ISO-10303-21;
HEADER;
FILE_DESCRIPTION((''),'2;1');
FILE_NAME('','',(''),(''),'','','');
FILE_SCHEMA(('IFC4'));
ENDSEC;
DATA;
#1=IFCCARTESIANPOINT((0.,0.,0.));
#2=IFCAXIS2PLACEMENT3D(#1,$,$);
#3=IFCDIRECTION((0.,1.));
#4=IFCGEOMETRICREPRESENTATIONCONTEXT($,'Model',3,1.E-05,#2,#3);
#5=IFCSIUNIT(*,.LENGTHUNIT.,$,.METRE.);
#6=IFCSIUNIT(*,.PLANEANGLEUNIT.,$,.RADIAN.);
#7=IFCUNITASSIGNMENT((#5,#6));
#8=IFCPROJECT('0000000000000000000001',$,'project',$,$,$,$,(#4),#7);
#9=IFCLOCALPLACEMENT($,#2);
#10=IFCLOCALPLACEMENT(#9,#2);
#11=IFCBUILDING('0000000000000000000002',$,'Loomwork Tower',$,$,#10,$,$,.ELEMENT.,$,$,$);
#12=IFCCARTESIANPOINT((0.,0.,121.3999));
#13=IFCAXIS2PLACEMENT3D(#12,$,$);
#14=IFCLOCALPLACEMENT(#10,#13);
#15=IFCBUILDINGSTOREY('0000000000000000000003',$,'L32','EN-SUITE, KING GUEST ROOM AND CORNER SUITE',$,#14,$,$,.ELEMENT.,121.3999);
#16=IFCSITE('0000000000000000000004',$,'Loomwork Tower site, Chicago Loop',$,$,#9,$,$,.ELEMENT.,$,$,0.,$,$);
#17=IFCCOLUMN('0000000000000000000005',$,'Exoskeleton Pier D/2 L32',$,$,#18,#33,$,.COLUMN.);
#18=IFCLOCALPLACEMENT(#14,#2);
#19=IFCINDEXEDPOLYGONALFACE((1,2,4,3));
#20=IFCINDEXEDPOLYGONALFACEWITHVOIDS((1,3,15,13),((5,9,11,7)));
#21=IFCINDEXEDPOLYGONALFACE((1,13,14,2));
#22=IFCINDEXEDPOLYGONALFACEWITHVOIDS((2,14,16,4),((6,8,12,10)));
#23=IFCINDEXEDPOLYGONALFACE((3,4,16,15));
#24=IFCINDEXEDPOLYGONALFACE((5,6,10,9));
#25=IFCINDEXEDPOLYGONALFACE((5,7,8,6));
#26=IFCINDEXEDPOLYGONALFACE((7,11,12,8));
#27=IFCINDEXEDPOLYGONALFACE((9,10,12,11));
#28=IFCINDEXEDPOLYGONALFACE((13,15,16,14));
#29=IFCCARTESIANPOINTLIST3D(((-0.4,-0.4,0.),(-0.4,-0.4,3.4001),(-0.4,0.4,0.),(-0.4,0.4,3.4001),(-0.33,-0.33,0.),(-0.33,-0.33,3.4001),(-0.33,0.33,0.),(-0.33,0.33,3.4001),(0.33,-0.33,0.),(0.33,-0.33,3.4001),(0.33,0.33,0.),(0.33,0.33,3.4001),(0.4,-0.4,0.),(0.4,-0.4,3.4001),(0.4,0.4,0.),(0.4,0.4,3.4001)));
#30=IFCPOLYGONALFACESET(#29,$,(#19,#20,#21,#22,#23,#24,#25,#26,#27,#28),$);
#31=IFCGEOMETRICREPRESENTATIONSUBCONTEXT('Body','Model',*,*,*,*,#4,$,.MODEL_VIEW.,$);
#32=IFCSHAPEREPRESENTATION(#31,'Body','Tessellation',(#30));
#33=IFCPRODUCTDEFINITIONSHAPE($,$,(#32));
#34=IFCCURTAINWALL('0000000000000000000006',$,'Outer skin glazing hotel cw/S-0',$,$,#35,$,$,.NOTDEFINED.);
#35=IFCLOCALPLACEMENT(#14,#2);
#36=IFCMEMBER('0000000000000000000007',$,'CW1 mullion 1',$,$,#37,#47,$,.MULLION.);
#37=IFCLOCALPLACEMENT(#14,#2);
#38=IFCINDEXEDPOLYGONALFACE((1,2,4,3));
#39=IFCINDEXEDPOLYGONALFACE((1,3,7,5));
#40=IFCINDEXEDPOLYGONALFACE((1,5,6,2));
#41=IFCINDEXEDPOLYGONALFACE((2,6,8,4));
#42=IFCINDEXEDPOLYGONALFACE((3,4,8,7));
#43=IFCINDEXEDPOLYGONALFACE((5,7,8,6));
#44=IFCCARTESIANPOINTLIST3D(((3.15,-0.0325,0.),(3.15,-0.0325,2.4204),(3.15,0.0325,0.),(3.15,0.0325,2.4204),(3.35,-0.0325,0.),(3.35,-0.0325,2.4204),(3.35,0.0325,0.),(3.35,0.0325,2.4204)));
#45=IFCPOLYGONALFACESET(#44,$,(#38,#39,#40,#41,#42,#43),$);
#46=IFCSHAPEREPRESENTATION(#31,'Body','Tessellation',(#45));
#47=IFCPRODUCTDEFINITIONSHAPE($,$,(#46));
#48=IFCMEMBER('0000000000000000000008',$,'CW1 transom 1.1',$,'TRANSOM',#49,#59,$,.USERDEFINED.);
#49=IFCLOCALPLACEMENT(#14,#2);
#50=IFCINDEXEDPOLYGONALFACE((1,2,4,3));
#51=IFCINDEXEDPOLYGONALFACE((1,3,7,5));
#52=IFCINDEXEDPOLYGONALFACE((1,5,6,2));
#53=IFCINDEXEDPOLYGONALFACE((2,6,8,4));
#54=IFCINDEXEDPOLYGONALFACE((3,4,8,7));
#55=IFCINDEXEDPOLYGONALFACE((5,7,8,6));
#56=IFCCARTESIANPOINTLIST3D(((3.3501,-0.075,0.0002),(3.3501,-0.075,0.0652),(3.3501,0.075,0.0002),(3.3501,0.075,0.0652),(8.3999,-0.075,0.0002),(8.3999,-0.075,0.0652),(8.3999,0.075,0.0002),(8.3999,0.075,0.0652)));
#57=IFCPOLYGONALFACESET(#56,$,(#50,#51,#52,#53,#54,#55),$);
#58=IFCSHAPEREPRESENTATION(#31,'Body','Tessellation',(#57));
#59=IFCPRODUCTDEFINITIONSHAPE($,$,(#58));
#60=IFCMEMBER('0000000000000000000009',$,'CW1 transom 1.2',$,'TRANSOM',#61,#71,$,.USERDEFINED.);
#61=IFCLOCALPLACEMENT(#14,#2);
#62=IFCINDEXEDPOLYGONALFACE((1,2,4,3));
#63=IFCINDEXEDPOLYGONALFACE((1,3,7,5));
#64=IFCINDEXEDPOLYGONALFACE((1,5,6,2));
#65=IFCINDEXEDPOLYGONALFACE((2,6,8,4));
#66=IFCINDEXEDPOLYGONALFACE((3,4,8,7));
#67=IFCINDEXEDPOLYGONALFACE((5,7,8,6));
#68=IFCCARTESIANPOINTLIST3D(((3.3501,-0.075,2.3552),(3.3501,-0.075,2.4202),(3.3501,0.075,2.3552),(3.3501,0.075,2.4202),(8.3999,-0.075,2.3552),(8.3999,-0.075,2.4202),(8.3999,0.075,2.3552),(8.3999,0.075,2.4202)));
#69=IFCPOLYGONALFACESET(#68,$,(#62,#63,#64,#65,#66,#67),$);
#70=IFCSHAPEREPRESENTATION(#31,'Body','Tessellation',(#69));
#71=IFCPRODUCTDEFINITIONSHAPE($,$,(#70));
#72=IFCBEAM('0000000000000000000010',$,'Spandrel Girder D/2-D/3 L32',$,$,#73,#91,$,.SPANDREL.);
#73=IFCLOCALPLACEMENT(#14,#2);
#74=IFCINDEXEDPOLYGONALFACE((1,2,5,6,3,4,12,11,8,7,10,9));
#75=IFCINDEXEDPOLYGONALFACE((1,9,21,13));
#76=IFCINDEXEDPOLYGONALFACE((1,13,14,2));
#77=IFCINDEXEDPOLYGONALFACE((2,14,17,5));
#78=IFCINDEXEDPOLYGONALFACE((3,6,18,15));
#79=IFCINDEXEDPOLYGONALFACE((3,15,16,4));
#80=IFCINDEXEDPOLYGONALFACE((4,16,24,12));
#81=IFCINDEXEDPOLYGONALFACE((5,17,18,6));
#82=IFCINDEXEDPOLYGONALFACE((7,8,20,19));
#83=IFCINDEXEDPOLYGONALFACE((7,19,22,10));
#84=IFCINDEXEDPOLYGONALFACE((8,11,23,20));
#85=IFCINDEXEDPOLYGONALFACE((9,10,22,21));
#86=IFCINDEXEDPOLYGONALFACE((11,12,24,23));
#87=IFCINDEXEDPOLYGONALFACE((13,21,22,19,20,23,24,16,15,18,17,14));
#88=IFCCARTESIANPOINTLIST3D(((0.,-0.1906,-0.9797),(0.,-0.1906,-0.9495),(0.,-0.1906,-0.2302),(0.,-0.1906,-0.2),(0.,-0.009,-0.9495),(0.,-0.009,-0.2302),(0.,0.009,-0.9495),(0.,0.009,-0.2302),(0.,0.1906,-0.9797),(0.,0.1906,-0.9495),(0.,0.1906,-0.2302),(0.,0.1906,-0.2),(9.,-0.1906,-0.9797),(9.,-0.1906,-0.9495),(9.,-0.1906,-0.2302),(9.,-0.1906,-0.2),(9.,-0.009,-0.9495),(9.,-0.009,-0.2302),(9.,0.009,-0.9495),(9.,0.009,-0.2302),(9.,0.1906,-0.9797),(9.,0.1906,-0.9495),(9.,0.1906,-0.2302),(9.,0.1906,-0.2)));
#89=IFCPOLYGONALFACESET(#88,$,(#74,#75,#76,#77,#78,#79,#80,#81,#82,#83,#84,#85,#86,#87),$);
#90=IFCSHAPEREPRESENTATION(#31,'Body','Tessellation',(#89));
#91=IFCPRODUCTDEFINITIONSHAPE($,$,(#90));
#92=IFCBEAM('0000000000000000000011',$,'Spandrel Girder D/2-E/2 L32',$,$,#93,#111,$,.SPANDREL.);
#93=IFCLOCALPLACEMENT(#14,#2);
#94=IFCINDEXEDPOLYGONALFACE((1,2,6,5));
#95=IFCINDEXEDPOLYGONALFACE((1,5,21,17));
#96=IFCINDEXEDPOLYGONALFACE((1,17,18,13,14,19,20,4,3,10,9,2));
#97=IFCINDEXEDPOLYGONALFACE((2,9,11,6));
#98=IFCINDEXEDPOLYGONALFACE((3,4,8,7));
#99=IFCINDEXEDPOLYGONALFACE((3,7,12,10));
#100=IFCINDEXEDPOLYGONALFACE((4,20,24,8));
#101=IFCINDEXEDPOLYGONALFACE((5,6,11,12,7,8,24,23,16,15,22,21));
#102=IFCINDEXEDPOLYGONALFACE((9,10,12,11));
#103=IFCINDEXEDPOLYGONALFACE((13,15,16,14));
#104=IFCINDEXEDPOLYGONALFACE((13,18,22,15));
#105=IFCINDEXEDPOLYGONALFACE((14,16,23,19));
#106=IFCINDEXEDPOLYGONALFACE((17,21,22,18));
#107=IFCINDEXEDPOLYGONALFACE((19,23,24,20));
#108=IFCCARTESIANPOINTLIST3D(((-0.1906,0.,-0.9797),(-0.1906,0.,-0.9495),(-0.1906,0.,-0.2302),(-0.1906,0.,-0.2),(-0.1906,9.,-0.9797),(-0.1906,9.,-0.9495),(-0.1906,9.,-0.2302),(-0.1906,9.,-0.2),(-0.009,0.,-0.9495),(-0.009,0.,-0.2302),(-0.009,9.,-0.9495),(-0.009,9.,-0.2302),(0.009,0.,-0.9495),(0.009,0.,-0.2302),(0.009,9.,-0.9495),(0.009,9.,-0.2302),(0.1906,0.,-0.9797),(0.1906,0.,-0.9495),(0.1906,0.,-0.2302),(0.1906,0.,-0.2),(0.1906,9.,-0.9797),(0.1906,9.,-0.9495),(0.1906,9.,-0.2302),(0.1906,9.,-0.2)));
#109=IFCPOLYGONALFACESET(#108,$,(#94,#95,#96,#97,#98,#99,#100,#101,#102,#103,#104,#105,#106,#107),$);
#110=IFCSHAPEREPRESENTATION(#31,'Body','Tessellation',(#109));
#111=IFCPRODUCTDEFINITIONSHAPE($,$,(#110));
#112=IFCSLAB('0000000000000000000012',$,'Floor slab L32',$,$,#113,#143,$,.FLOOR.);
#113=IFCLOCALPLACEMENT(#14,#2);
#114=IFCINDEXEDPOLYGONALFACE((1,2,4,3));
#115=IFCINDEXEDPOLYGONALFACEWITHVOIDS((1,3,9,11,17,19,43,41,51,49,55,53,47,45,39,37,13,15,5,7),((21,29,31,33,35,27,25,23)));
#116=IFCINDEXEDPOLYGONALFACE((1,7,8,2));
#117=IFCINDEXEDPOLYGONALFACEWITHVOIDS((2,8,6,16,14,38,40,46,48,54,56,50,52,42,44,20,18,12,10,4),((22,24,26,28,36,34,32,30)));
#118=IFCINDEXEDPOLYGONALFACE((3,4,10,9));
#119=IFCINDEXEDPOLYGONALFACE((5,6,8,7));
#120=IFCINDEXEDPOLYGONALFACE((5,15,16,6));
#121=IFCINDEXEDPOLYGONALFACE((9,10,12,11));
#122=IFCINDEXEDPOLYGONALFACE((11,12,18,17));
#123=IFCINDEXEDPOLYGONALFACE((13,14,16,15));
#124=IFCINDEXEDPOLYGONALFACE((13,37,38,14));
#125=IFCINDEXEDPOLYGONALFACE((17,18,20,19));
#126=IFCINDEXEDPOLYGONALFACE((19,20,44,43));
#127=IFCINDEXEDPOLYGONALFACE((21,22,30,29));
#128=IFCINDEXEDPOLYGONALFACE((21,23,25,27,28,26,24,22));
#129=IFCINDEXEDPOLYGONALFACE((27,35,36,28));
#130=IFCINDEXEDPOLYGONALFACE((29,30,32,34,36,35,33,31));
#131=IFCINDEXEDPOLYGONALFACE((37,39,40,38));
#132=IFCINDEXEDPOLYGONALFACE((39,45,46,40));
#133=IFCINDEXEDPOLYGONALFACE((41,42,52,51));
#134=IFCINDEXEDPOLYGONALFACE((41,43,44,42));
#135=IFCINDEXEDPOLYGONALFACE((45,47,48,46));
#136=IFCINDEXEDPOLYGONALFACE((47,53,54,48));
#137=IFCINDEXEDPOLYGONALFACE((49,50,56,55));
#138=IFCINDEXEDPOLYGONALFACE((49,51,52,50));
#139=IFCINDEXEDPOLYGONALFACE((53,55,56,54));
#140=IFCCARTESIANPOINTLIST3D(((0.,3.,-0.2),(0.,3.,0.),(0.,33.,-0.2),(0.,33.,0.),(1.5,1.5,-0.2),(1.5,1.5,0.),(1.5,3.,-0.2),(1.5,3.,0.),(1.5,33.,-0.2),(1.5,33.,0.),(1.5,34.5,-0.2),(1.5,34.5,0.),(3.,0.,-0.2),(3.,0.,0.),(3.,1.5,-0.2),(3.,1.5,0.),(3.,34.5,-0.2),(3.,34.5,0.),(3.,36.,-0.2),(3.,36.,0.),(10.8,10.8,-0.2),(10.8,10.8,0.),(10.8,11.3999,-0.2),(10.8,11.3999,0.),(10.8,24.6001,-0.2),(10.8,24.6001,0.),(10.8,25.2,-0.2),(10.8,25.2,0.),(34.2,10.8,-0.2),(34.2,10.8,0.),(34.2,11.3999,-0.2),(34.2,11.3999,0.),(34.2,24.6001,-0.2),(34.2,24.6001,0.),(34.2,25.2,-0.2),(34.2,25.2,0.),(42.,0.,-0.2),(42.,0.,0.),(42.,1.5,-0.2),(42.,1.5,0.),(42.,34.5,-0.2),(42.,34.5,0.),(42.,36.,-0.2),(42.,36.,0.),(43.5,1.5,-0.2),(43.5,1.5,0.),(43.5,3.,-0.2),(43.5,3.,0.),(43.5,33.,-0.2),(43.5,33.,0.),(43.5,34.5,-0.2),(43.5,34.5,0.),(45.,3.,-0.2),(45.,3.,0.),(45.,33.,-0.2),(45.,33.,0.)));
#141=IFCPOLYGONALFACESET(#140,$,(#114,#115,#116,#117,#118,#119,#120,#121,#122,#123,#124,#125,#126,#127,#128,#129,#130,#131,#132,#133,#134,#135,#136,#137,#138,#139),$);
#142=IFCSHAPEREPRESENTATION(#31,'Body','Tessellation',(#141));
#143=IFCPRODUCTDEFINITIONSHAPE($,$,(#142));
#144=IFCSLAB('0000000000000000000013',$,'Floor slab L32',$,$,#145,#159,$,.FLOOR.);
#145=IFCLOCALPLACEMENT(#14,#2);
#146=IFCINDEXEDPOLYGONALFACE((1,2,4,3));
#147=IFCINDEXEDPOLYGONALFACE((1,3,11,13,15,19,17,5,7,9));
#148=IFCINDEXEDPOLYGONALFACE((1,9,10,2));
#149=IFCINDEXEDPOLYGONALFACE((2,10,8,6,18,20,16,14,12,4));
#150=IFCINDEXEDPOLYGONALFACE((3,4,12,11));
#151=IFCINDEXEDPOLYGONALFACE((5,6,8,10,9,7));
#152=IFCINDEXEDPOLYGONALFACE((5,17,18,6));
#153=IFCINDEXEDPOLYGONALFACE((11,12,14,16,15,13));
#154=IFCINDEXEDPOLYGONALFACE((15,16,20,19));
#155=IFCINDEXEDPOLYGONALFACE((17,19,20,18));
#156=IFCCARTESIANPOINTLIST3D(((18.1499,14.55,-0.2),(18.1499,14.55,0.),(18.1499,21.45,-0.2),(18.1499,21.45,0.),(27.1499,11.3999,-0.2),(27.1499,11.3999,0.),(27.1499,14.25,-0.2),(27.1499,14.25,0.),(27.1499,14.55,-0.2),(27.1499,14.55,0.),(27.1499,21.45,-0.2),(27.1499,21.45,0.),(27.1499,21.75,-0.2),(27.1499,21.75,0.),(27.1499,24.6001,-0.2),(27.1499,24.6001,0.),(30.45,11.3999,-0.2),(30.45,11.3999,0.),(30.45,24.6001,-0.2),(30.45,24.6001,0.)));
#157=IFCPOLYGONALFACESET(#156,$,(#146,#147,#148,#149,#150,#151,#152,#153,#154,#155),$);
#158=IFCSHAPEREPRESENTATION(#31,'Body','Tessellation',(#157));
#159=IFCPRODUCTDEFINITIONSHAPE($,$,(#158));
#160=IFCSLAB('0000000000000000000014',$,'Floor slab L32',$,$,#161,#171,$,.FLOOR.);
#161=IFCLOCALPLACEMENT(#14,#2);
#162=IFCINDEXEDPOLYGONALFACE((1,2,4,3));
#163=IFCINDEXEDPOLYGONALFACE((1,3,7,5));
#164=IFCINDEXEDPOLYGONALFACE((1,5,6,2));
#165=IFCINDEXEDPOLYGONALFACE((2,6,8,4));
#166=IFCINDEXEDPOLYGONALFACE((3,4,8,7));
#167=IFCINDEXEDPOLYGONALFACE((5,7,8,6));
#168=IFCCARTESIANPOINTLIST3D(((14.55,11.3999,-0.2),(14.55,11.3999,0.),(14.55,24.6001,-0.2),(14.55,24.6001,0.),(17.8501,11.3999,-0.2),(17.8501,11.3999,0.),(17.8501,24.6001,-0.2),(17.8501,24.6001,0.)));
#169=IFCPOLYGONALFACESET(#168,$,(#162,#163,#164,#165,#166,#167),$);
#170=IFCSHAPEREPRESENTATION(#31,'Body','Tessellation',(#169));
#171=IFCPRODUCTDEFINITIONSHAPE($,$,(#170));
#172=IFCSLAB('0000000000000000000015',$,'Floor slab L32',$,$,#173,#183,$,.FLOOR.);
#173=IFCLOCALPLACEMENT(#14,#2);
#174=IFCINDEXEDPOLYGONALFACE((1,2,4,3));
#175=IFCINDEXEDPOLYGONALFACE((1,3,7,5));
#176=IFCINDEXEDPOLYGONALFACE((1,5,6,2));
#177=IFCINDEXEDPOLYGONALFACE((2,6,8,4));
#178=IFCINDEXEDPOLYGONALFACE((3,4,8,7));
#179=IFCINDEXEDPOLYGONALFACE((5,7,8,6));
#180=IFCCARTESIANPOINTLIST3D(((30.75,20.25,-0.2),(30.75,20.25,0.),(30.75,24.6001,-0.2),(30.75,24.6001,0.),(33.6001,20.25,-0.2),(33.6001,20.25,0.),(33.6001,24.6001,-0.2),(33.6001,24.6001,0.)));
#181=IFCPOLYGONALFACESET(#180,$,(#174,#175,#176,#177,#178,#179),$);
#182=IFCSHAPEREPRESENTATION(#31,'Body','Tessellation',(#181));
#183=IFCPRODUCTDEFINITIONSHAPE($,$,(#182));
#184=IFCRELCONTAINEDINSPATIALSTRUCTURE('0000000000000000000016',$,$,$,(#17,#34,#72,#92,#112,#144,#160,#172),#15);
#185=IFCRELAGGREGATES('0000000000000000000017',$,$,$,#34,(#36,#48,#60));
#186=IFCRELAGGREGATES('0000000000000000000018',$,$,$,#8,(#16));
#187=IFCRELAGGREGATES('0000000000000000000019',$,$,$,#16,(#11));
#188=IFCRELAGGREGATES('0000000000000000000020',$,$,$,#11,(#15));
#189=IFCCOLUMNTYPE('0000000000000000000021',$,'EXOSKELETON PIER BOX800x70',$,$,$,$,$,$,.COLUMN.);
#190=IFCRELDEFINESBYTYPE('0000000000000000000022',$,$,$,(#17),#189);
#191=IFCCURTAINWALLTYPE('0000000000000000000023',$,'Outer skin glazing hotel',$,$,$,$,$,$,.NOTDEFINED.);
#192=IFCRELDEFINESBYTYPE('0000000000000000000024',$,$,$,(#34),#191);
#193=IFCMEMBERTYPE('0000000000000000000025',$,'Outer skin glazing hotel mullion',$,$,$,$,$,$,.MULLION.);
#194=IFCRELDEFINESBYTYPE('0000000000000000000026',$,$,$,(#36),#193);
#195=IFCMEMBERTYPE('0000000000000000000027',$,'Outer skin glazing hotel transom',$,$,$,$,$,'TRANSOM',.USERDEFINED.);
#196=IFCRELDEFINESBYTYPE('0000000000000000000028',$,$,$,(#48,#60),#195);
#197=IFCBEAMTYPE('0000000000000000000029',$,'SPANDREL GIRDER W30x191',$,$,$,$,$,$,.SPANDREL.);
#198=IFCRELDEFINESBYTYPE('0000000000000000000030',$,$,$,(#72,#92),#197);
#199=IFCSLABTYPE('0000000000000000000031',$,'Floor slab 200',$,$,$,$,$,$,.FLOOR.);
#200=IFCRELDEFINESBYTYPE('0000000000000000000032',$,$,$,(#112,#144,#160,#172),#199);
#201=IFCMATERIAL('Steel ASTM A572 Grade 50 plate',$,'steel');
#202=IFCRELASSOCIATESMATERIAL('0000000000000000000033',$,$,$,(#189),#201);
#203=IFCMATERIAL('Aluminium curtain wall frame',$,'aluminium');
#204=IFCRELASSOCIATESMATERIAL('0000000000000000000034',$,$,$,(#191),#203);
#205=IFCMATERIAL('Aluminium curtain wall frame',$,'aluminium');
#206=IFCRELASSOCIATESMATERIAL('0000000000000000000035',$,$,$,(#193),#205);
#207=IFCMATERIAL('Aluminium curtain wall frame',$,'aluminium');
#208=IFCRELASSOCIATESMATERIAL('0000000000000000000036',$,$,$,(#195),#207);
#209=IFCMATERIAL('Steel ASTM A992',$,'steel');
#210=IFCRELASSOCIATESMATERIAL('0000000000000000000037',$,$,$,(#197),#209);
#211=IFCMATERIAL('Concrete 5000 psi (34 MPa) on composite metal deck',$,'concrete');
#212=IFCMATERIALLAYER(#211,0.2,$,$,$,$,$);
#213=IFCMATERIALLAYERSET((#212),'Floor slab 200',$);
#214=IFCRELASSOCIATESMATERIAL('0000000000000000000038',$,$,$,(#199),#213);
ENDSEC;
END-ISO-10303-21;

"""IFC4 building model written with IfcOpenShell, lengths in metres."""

from ifc_helpers import new_model, si_unit, direction, frame, origin, origin_with_axes, origin_2d, place, context, subcontext, project, spatial, polyline, rectangle, hollow_rectangle, i_section, outline, extrude, material, layer, layer_set, material_profile, profile_set, type_object, element, aggregate, save


model = new_model("IFC4")

# Units and contexts
model_context = context("Model", 3, precision=1e-05, world=origin(), true_north=direction((0.0, 1.0)))
body_context = subcontext(model_context, "Body", "Model", "MODEL_VIEW")
ifc_project = project(units=[si_unit("LENGTHUNIT", "METRE"), si_unit("PLANEANGLEUNIT", "RADIAN")], contexts=[model_context])

# Site, building, storey
site_placement = place(None, origin())
site = spatial("IfcSite", under=ifc_project, at=site_placement, Name="Loomwork Tower site, Chicago Loop", CompositionType="ELEMENT", RefElevation=0.0)
building_placement = place(site_placement, origin())
building = spatial("IfcBuilding", under=site, at=building_placement, Name="Loomwork Tower", CompositionType="ELEMENT")
storey_placement = place(building_placement, frame((0.0, 0.0, 121.3999)))
storey = spatial("IfcBuildingStorey", under=building, at=storey_placement, Name="L32", Description="EN-SUITE, KING GUEST ROOM AND CORNER SUITE", CompositionType="ELEMENT", Elevation=121.3999)

# Column
ifc_material_1 = material(Name="Steel ASTM A572 Grade 50 plate", Category="steel")
ifc_material_profile_1 = material_profile(ifc_material_1, hollow_rectangle(XDim=0.8, YDim=0.8, WallThickness=0.0701, at=origin_2d()), Name="BOX800x70")
ifc_profile_set_1 = profile_set([ifc_material_profile_1], Name="Steel ASTM A572 Grade 50 plate")
column_type = type_object("IfcColumnType", Name="EXOSKELETON PIER BOX800x70", PredefinedType="COLUMN", material=ifc_profile_set_1)
column_placement = place(storey_placement, origin_with_axes())
element("IfcColumn", 1, at=column_placement, inside=storey, type_object=column_type, Name="Exoskeleton Pier D/2 L32", PredefinedType="COLUMN", context=body_context, shape_type="SweptSolid", body=[
    extrude(hollow_rectangle(XDim=0.8, YDim=0.8, WallThickness=0.0701, at=origin_2d()), origin(), (0.0, 0.0, 1.0), 3.4001),
])

# Curtain wall, members
ifc_material_2 = material(Name="Aluminium curtain wall frame", Category="aluminium")
curtain_wall_type = type_object("IfcCurtainWallType", Name="Outer skin glazing hotel", PredefinedType="NOTDEFINED", material=ifc_material_2)
curtain_wall_placement = place(storey_placement, origin())
curtain_wall = element("IfcCurtainWall", 2, at=curtain_wall_placement, inside=storey, type_object=curtain_wall_type, Name="Outer skin glazing hotel cw/S-0", PredefinedType="NOTDEFINED")
ifc_material_3 = material(Name="Aluminium curtain wall frame", Category="aluminium")
ifc_material_profile_2 = material_profile(ifc_material_3, rectangle(XDim=0.0649, YDim=0.2, at=origin_2d()), Name="AL 65x200")
ifc_profile_set_2 = profile_set([ifc_material_profile_2], Name="Aluminium curtain wall frame")
member_type_1 = type_object("IfcMemberType", Name="Outer skin glazing hotel mullion", PredefinedType="MULLION", material=ifc_profile_set_2)
member_1_placement = place(storey_placement, frame((3.25, 0.0, 0.0), z_axis=(0.0, 0.0, 1.0), x_axis=(0.0, 1.0, 0.0)))
member_1 = element("IfcMember", 3, at=member_1_placement, type_object=member_type_1, Name="CW1 mullion 1", PredefinedType="MULLION", context=body_context, shape_type="SweptSolid", body=[
    extrude(rectangle(XDim=0.0649, YDim=0.2, at=origin_2d()), origin(), (0.0, 0.0, 1.0), 2.4204),
])
ifc_material_4 = material(Name="Aluminium curtain wall frame", Category="aluminium")
ifc_material_profile_3 = material_profile(ifc_material_4, rectangle(XDim=0.1499, YDim=0.0649, at=origin_2d()), Name="AL 65x150")
ifc_profile_set_3 = profile_set([ifc_material_profile_3], Name="Aluminium curtain wall frame")
member_type_2 = type_object("IfcMemberType", Name="Outer skin glazing hotel transom", ElementType="TRANSOM", PredefinedType="USERDEFINED", material=ifc_profile_set_3)
member_2_placement = place(storey_placement, frame((3.3501, 0.0, 0.0327), z_axis=(1.0, 0.0, 0.0), x_axis=(0.0, 1.0, 0.0)))
member_2 = element("IfcMember", 4, at=member_2_placement, type_object=member_type_2, Name="CW1 transom 1.1", ObjectType="TRANSOM", PredefinedType="USERDEFINED", context=body_context, shape_type="SweptSolid", body=[
    extrude(rectangle(XDim=0.1499, YDim=0.0649, at=origin_2d()), origin(), (0.0, 0.0, 1.0), 5.0498),
])
member_3_placement = place(storey_placement, frame((3.3501, 0.0, 2.3877), z_axis=(1.0, 0.0, 0.0), x_axis=(0.0, 1.0, 0.0)))
member_3 = element("IfcMember", 5, at=member_3_placement, type_object=member_type_2, Name="CW1 transom 1.2", ObjectType="TRANSOM", PredefinedType="USERDEFINED", context=body_context, shape_type="SweptSolid", body=[
    extrude(rectangle(XDim=0.1499, YDim=0.0649, at=origin_2d()), origin(), (0.0, 0.0, 1.0), 5.0498),
])

# Beams
ifc_material_5 = material(Name="Steel ASTM A992", Category="steel")
ifc_material_profile_4 = material_profile(ifc_material_5, i_section(OverallWidth=0.3811, OverallDepth=0.7798, WebThickness=0.0181, FlangeThickness=0.0303, at=origin_2d()), Name="W30x191")
ifc_profile_set_4 = profile_set([ifc_material_profile_4], Name="Steel ASTM A992")
beam_type = type_object("IfcBeamType", Name="SPANDREL GIRDER W30x191", PredefinedType="SPANDREL", material=ifc_profile_set_4)
for number, where, z_axis, x_axis, name in (
    (6, (0.0, 0.0, -0.5898), (1.0, 0.0, 0.0), (0.0, 1.0, 0.0), "Spandrel Girder D/2-D/3 L32"),
    (7, (0.0, 0.0, -0.5898), (0.0, 1.0, 0.0), (-1.0, 0.0, 0.0), "Spandrel Girder D/2-E/2 L32"),
):
    element("IfcBeam", number, at=place(storey_placement, frame(where, z_axis=z_axis, x_axis=x_axis)), inside=storey, type_object=beam_type, Name=name, PredefinedType="SPANDREL", context=body_context, shape_type="SweptSolid", body=[
        extrude(i_section(OverallWidth=0.3811, OverallDepth=0.7798, WebThickness=0.0181, FlangeThickness=0.0303, at=origin_2d()), origin(), (0.0, 0.0, 1.0), 9.0),
    ])

# Slabs
ifc_material_6 = material(Name="Concrete 5000 psi (34 MPa) on composite metal deck", Category="concrete")
ifc_layer_1 = layer(ifc_material_6, 0.2)
ifc_layer_set_1 = layer_set([ifc_layer_1], Name="Floor slab 200")
slab_type_1 = type_object("IfcSlabType", Name="Floor slab 200", PredefinedType="FLOOR", material=ifc_layer_set_1)
slab_1_placement = place(storey_placement, frame((0.0, 0.0, -0.2)))
element("IfcSlab", 8, at=slab_1_placement, inside=storey, type_object=slab_type_1, Name="Floor slab L32", PredefinedType="FLOOR", context=body_context, shape_type="SweptSolid", body=[
    extrude(outline(polyline([(3.0, 1.5), (1.5, 1.5), (1.5, 3.0), (0.0, 3.0), (0.0, 33.0), (1.5, 33.0), (1.5, 34.5), (3.0, 34.5), (3.0, 36.0), (42.0, 36.0), (42.0, 34.5), (43.5, 34.5), (43.5, 33.0), (45.0, 33.0), (45.0, 3.0), (43.5, 3.0), (43.5, 1.5), (42.0, 1.5), (42.0, 0.0), (3.0, 0.0), (3.0, 1.5)]), holes=[polyline([(10.8, 11.3999), (10.8, 11.3999), (10.8, 10.8), (34.2, 10.8), (34.2, 11.3999), (34.2, 11.3999), (34.2, 24.6001), (34.2, 25.2), (10.8, 25.2), (10.8, 24.6001), (10.8, 11.3999)])]), origin(), (0.0, 0.0, 1.0), 0.2),
])
slab_2_placement = place(storey_placement, frame((0.0, 0.0, -0.2)))
element("IfcSlab", 9, at=slab_2_placement, inside=storey, type_object=slab_type_1, Name="Floor slab L32", PredefinedType="FLOOR", context=body_context, shape_type="SweptSolid", body=[
    extrude(outline(polyline([(30.45, 24.6001), (30.45, 11.3999), (27.1499, 11.3999), (27.1499, 14.25), (27.1499, 14.55), (18.1499, 14.55), (18.1499, 21.45), (27.1499, 21.45), (27.1499, 21.75), (27.1499, 24.6001), (30.45, 24.6001)])), origin(), (0.0, 0.0, 1.0), 0.2),
])
slab_3_placement = place(storey_placement, frame((0.0, 0.0, -0.2)))
element("IfcSlab", 10, at=slab_3_placement, inside=storey, type_object=slab_type_1, Name="Floor slab L32", PredefinedType="FLOOR", context=body_context, shape_type="SweptSolid", body=[
    extrude(outline(polyline([(14.55, 11.3999), (14.55, 24.6001), (17.8501, 24.6001), (17.8501, 11.3999), (14.55, 11.3999)])), origin(), (0.0, 0.0, 1.0), 0.2),
])
slab_4_placement = place(storey_placement, frame((0.0, 0.0, -0.2)))
element("IfcSlab", 11, at=slab_4_placement, inside=storey, type_object=slab_type_1, Name="Floor slab L32", PredefinedType="FLOOR", context=body_context, shape_type="SweptSolid", body=[
    extrude(outline(polyline([(33.6001, 20.25), (30.75, 20.25), (30.75, 24.6001), (33.6001, 24.6001), (33.6001, 20.25)])), origin(), (0.0, 0.0, 1.0), 0.2),
])

aggregate(curtain_wall, [member_1, member_2, member_3])

save(model, "model.ifc")
